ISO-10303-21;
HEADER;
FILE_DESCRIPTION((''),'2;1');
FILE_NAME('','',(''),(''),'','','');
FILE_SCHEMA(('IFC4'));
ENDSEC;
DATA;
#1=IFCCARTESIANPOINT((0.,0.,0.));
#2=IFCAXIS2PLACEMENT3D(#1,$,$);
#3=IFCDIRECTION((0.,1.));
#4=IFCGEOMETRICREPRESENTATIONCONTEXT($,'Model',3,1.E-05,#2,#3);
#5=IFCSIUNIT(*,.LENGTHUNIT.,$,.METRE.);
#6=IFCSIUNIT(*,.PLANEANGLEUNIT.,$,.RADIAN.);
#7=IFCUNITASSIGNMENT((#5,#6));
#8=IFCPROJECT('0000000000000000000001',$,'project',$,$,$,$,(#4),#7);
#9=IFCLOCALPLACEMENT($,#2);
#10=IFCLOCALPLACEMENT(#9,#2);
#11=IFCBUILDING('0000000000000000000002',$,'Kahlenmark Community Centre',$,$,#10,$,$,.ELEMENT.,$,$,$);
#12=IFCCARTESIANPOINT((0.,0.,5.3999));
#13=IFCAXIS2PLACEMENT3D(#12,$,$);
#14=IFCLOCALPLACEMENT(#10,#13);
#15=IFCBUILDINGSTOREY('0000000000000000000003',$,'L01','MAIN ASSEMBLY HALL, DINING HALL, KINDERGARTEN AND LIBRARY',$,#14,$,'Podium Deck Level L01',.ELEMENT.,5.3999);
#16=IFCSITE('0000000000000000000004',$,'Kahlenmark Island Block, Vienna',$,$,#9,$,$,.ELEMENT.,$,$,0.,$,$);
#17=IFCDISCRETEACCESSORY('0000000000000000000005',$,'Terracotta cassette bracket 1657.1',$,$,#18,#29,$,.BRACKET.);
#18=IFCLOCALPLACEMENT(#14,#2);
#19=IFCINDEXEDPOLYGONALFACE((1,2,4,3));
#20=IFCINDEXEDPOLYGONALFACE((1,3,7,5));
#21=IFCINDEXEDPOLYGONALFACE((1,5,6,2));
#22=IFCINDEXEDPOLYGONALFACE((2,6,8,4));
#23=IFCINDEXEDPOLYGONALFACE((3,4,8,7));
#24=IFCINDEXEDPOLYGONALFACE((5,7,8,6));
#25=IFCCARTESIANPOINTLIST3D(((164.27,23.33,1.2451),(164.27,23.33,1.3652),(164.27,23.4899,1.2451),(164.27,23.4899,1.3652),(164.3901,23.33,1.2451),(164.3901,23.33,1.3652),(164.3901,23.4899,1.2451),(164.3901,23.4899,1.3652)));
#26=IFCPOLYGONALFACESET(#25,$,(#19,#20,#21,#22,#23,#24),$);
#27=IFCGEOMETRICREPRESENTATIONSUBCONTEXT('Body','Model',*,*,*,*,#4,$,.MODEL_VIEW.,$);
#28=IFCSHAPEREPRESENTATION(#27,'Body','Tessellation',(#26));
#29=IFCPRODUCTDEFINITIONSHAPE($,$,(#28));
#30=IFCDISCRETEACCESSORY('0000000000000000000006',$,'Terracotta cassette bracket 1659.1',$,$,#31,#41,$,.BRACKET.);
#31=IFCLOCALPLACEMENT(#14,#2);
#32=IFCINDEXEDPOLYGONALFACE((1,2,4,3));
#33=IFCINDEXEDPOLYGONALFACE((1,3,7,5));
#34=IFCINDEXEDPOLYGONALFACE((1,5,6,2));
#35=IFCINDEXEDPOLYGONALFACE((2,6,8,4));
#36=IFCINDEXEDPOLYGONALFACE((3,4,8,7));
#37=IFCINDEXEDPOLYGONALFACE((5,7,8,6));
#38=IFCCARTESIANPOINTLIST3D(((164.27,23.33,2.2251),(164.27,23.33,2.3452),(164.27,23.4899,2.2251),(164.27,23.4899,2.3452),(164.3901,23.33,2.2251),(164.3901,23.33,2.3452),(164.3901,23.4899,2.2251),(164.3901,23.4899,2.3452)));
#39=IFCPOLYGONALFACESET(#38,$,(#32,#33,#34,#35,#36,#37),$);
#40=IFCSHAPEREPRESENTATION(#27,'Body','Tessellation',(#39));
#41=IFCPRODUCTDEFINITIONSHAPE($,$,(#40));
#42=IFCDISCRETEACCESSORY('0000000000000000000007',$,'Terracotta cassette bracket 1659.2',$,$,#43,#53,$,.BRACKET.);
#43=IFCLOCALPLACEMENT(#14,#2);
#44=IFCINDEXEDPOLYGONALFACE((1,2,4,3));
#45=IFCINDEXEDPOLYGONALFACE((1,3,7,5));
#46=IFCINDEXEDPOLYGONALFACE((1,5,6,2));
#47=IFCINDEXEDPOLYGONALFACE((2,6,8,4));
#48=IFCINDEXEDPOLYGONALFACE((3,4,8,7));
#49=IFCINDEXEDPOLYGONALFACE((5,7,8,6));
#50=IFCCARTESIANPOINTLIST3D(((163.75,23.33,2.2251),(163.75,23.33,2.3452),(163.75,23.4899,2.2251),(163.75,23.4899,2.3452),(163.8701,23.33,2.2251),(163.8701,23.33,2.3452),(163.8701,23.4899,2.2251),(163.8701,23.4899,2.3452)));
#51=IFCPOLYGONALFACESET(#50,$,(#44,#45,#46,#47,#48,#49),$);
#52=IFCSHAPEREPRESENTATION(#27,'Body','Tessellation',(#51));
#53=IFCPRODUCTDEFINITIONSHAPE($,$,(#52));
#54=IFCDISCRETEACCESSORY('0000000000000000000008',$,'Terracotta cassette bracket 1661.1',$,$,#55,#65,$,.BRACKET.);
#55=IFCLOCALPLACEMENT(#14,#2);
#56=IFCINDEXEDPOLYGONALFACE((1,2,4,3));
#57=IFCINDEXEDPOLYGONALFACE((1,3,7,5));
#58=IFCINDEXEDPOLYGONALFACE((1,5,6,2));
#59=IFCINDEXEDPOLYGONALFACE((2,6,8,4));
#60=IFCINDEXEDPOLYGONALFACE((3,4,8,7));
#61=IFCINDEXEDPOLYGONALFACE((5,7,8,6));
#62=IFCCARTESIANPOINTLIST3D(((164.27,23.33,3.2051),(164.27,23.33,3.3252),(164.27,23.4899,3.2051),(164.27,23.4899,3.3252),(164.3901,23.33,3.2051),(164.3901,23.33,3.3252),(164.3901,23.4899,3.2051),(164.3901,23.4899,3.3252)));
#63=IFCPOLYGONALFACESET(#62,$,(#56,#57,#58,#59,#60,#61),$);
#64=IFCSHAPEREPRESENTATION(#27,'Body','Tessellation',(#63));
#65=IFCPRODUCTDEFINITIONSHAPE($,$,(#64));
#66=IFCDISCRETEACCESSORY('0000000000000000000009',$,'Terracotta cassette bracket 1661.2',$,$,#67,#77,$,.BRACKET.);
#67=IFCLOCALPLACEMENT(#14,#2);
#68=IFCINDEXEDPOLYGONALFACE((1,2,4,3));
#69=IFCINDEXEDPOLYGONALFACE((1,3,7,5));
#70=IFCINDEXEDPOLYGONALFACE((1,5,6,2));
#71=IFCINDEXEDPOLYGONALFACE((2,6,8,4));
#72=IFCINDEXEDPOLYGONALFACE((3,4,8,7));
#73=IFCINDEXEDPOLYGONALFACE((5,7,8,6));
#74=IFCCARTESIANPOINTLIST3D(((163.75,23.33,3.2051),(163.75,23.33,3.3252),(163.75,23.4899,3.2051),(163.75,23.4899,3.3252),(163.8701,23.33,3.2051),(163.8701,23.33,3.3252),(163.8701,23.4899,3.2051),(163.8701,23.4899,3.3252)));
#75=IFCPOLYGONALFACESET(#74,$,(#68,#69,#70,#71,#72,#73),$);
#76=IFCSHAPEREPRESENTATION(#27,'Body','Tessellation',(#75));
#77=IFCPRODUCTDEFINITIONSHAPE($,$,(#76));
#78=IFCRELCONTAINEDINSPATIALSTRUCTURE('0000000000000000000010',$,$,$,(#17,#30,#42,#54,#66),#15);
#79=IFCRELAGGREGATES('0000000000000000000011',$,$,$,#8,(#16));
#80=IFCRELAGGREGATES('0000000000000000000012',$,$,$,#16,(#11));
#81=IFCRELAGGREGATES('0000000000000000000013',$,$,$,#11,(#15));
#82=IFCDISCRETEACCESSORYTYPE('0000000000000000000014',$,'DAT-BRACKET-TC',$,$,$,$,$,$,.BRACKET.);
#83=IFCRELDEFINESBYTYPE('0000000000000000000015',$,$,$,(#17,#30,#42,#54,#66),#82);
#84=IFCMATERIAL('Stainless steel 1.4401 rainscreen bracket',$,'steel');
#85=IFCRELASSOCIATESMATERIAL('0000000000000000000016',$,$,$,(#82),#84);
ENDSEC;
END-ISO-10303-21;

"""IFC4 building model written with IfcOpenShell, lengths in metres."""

from ifc_helpers import new_model, si_unit, direction, frame, origin, origin_2d, place, context, subcontext, project, spatial, rectangle, extrude, material, type_object, element, save


model = new_model("IFC4")

# Units and contexts
model_context = context("Model", 3, precision=1e-05, world=origin(), true_north=direction((0.0, 1.0)))
body_context = subcontext(model_context, "Body", "Model", "MODEL_VIEW")
ifc_project = project(units=[si_unit("LENGTHUNIT", "METRE"), si_unit("PLANEANGLEUNIT", "RADIAN")], contexts=[model_context])

# Site, building, storey
site_placement = place(None, origin())
site = spatial("IfcSite", under=ifc_project, at=site_placement, Name="Kahlenmark Island Block, Vienna", CompositionType="ELEMENT", RefElevation=0.0)
building_placement = place(site_placement, origin())
building = spatial("IfcBuilding", under=site, at=building_placement, Name="Kahlenmark Community Centre", CompositionType="ELEMENT")
storey_placement = place(building_placement, frame((0.0, 0.0, 5.3999)))
storey = spatial("IfcBuildingStorey", under=building, at=storey_placement, Name="L01", Description="MAIN ASSEMBLY HALL, DINING HALL, KINDERGARTEN AND LIBRARY", LongName="Podium Deck Level L01", CompositionType="ELEMENT", Elevation=5.3999)

# Discrete accessories
ifc_material_1 = material(Name="Stainless steel 1.4401 rainscreen bracket", Category="steel")
discrete_accessory_type = type_object("IfcDiscreteAccessoryType", Name="DAT-BRACKET-TC", PredefinedType="BRACKET", material=ifc_material_1)
for number, where, z_axis, x_axis, name in (
    (1, (164.3301, 23.4099, 1.2451), (0.0, 0.0, 1.0), (-1.0, 0.0, 0.0), "Terracotta cassette bracket 1657.1"),
    (2, (164.3301, 23.4099, 2.2251), (0.0, 0.0, 1.0), (-1.0, 0.0, 0.0), "Terracotta cassette bracket 1659.1"),
    (3, (163.8101, 23.4099, 2.2251), (0.0, 0.0, 1.0), (-1.0, 0.0, 0.0), "Terracotta cassette bracket 1659.2"),
    (4, (164.3301, 23.4099, 3.2051), (0.0, 0.0, 1.0), (-1.0, 0.0, 0.0), "Terracotta cassette bracket 1661.1"),
    (5, (163.8101, 23.4099, 3.2051), (0.0, 0.0, 1.0), (-1.0, 0.0, 0.0), "Terracotta cassette bracket 1661.2"),
):
    element("IfcDiscreteAccessory", number, at=place(storey_placement, frame(where, z_axis=z_axis, x_axis=x_axis)), inside=storey, type_object=discrete_accessory_type, Name=name, PredefinedType="BRACKET", context=body_context, shape_type="SweptSolid", body=[
        extrude(rectangle(XDim=0.1201, YDim=0.1599, at=origin_2d()), origin(), (0.0, 0.0, 1.0), 0.1201),
    ])

save(model, "model.ifc")
